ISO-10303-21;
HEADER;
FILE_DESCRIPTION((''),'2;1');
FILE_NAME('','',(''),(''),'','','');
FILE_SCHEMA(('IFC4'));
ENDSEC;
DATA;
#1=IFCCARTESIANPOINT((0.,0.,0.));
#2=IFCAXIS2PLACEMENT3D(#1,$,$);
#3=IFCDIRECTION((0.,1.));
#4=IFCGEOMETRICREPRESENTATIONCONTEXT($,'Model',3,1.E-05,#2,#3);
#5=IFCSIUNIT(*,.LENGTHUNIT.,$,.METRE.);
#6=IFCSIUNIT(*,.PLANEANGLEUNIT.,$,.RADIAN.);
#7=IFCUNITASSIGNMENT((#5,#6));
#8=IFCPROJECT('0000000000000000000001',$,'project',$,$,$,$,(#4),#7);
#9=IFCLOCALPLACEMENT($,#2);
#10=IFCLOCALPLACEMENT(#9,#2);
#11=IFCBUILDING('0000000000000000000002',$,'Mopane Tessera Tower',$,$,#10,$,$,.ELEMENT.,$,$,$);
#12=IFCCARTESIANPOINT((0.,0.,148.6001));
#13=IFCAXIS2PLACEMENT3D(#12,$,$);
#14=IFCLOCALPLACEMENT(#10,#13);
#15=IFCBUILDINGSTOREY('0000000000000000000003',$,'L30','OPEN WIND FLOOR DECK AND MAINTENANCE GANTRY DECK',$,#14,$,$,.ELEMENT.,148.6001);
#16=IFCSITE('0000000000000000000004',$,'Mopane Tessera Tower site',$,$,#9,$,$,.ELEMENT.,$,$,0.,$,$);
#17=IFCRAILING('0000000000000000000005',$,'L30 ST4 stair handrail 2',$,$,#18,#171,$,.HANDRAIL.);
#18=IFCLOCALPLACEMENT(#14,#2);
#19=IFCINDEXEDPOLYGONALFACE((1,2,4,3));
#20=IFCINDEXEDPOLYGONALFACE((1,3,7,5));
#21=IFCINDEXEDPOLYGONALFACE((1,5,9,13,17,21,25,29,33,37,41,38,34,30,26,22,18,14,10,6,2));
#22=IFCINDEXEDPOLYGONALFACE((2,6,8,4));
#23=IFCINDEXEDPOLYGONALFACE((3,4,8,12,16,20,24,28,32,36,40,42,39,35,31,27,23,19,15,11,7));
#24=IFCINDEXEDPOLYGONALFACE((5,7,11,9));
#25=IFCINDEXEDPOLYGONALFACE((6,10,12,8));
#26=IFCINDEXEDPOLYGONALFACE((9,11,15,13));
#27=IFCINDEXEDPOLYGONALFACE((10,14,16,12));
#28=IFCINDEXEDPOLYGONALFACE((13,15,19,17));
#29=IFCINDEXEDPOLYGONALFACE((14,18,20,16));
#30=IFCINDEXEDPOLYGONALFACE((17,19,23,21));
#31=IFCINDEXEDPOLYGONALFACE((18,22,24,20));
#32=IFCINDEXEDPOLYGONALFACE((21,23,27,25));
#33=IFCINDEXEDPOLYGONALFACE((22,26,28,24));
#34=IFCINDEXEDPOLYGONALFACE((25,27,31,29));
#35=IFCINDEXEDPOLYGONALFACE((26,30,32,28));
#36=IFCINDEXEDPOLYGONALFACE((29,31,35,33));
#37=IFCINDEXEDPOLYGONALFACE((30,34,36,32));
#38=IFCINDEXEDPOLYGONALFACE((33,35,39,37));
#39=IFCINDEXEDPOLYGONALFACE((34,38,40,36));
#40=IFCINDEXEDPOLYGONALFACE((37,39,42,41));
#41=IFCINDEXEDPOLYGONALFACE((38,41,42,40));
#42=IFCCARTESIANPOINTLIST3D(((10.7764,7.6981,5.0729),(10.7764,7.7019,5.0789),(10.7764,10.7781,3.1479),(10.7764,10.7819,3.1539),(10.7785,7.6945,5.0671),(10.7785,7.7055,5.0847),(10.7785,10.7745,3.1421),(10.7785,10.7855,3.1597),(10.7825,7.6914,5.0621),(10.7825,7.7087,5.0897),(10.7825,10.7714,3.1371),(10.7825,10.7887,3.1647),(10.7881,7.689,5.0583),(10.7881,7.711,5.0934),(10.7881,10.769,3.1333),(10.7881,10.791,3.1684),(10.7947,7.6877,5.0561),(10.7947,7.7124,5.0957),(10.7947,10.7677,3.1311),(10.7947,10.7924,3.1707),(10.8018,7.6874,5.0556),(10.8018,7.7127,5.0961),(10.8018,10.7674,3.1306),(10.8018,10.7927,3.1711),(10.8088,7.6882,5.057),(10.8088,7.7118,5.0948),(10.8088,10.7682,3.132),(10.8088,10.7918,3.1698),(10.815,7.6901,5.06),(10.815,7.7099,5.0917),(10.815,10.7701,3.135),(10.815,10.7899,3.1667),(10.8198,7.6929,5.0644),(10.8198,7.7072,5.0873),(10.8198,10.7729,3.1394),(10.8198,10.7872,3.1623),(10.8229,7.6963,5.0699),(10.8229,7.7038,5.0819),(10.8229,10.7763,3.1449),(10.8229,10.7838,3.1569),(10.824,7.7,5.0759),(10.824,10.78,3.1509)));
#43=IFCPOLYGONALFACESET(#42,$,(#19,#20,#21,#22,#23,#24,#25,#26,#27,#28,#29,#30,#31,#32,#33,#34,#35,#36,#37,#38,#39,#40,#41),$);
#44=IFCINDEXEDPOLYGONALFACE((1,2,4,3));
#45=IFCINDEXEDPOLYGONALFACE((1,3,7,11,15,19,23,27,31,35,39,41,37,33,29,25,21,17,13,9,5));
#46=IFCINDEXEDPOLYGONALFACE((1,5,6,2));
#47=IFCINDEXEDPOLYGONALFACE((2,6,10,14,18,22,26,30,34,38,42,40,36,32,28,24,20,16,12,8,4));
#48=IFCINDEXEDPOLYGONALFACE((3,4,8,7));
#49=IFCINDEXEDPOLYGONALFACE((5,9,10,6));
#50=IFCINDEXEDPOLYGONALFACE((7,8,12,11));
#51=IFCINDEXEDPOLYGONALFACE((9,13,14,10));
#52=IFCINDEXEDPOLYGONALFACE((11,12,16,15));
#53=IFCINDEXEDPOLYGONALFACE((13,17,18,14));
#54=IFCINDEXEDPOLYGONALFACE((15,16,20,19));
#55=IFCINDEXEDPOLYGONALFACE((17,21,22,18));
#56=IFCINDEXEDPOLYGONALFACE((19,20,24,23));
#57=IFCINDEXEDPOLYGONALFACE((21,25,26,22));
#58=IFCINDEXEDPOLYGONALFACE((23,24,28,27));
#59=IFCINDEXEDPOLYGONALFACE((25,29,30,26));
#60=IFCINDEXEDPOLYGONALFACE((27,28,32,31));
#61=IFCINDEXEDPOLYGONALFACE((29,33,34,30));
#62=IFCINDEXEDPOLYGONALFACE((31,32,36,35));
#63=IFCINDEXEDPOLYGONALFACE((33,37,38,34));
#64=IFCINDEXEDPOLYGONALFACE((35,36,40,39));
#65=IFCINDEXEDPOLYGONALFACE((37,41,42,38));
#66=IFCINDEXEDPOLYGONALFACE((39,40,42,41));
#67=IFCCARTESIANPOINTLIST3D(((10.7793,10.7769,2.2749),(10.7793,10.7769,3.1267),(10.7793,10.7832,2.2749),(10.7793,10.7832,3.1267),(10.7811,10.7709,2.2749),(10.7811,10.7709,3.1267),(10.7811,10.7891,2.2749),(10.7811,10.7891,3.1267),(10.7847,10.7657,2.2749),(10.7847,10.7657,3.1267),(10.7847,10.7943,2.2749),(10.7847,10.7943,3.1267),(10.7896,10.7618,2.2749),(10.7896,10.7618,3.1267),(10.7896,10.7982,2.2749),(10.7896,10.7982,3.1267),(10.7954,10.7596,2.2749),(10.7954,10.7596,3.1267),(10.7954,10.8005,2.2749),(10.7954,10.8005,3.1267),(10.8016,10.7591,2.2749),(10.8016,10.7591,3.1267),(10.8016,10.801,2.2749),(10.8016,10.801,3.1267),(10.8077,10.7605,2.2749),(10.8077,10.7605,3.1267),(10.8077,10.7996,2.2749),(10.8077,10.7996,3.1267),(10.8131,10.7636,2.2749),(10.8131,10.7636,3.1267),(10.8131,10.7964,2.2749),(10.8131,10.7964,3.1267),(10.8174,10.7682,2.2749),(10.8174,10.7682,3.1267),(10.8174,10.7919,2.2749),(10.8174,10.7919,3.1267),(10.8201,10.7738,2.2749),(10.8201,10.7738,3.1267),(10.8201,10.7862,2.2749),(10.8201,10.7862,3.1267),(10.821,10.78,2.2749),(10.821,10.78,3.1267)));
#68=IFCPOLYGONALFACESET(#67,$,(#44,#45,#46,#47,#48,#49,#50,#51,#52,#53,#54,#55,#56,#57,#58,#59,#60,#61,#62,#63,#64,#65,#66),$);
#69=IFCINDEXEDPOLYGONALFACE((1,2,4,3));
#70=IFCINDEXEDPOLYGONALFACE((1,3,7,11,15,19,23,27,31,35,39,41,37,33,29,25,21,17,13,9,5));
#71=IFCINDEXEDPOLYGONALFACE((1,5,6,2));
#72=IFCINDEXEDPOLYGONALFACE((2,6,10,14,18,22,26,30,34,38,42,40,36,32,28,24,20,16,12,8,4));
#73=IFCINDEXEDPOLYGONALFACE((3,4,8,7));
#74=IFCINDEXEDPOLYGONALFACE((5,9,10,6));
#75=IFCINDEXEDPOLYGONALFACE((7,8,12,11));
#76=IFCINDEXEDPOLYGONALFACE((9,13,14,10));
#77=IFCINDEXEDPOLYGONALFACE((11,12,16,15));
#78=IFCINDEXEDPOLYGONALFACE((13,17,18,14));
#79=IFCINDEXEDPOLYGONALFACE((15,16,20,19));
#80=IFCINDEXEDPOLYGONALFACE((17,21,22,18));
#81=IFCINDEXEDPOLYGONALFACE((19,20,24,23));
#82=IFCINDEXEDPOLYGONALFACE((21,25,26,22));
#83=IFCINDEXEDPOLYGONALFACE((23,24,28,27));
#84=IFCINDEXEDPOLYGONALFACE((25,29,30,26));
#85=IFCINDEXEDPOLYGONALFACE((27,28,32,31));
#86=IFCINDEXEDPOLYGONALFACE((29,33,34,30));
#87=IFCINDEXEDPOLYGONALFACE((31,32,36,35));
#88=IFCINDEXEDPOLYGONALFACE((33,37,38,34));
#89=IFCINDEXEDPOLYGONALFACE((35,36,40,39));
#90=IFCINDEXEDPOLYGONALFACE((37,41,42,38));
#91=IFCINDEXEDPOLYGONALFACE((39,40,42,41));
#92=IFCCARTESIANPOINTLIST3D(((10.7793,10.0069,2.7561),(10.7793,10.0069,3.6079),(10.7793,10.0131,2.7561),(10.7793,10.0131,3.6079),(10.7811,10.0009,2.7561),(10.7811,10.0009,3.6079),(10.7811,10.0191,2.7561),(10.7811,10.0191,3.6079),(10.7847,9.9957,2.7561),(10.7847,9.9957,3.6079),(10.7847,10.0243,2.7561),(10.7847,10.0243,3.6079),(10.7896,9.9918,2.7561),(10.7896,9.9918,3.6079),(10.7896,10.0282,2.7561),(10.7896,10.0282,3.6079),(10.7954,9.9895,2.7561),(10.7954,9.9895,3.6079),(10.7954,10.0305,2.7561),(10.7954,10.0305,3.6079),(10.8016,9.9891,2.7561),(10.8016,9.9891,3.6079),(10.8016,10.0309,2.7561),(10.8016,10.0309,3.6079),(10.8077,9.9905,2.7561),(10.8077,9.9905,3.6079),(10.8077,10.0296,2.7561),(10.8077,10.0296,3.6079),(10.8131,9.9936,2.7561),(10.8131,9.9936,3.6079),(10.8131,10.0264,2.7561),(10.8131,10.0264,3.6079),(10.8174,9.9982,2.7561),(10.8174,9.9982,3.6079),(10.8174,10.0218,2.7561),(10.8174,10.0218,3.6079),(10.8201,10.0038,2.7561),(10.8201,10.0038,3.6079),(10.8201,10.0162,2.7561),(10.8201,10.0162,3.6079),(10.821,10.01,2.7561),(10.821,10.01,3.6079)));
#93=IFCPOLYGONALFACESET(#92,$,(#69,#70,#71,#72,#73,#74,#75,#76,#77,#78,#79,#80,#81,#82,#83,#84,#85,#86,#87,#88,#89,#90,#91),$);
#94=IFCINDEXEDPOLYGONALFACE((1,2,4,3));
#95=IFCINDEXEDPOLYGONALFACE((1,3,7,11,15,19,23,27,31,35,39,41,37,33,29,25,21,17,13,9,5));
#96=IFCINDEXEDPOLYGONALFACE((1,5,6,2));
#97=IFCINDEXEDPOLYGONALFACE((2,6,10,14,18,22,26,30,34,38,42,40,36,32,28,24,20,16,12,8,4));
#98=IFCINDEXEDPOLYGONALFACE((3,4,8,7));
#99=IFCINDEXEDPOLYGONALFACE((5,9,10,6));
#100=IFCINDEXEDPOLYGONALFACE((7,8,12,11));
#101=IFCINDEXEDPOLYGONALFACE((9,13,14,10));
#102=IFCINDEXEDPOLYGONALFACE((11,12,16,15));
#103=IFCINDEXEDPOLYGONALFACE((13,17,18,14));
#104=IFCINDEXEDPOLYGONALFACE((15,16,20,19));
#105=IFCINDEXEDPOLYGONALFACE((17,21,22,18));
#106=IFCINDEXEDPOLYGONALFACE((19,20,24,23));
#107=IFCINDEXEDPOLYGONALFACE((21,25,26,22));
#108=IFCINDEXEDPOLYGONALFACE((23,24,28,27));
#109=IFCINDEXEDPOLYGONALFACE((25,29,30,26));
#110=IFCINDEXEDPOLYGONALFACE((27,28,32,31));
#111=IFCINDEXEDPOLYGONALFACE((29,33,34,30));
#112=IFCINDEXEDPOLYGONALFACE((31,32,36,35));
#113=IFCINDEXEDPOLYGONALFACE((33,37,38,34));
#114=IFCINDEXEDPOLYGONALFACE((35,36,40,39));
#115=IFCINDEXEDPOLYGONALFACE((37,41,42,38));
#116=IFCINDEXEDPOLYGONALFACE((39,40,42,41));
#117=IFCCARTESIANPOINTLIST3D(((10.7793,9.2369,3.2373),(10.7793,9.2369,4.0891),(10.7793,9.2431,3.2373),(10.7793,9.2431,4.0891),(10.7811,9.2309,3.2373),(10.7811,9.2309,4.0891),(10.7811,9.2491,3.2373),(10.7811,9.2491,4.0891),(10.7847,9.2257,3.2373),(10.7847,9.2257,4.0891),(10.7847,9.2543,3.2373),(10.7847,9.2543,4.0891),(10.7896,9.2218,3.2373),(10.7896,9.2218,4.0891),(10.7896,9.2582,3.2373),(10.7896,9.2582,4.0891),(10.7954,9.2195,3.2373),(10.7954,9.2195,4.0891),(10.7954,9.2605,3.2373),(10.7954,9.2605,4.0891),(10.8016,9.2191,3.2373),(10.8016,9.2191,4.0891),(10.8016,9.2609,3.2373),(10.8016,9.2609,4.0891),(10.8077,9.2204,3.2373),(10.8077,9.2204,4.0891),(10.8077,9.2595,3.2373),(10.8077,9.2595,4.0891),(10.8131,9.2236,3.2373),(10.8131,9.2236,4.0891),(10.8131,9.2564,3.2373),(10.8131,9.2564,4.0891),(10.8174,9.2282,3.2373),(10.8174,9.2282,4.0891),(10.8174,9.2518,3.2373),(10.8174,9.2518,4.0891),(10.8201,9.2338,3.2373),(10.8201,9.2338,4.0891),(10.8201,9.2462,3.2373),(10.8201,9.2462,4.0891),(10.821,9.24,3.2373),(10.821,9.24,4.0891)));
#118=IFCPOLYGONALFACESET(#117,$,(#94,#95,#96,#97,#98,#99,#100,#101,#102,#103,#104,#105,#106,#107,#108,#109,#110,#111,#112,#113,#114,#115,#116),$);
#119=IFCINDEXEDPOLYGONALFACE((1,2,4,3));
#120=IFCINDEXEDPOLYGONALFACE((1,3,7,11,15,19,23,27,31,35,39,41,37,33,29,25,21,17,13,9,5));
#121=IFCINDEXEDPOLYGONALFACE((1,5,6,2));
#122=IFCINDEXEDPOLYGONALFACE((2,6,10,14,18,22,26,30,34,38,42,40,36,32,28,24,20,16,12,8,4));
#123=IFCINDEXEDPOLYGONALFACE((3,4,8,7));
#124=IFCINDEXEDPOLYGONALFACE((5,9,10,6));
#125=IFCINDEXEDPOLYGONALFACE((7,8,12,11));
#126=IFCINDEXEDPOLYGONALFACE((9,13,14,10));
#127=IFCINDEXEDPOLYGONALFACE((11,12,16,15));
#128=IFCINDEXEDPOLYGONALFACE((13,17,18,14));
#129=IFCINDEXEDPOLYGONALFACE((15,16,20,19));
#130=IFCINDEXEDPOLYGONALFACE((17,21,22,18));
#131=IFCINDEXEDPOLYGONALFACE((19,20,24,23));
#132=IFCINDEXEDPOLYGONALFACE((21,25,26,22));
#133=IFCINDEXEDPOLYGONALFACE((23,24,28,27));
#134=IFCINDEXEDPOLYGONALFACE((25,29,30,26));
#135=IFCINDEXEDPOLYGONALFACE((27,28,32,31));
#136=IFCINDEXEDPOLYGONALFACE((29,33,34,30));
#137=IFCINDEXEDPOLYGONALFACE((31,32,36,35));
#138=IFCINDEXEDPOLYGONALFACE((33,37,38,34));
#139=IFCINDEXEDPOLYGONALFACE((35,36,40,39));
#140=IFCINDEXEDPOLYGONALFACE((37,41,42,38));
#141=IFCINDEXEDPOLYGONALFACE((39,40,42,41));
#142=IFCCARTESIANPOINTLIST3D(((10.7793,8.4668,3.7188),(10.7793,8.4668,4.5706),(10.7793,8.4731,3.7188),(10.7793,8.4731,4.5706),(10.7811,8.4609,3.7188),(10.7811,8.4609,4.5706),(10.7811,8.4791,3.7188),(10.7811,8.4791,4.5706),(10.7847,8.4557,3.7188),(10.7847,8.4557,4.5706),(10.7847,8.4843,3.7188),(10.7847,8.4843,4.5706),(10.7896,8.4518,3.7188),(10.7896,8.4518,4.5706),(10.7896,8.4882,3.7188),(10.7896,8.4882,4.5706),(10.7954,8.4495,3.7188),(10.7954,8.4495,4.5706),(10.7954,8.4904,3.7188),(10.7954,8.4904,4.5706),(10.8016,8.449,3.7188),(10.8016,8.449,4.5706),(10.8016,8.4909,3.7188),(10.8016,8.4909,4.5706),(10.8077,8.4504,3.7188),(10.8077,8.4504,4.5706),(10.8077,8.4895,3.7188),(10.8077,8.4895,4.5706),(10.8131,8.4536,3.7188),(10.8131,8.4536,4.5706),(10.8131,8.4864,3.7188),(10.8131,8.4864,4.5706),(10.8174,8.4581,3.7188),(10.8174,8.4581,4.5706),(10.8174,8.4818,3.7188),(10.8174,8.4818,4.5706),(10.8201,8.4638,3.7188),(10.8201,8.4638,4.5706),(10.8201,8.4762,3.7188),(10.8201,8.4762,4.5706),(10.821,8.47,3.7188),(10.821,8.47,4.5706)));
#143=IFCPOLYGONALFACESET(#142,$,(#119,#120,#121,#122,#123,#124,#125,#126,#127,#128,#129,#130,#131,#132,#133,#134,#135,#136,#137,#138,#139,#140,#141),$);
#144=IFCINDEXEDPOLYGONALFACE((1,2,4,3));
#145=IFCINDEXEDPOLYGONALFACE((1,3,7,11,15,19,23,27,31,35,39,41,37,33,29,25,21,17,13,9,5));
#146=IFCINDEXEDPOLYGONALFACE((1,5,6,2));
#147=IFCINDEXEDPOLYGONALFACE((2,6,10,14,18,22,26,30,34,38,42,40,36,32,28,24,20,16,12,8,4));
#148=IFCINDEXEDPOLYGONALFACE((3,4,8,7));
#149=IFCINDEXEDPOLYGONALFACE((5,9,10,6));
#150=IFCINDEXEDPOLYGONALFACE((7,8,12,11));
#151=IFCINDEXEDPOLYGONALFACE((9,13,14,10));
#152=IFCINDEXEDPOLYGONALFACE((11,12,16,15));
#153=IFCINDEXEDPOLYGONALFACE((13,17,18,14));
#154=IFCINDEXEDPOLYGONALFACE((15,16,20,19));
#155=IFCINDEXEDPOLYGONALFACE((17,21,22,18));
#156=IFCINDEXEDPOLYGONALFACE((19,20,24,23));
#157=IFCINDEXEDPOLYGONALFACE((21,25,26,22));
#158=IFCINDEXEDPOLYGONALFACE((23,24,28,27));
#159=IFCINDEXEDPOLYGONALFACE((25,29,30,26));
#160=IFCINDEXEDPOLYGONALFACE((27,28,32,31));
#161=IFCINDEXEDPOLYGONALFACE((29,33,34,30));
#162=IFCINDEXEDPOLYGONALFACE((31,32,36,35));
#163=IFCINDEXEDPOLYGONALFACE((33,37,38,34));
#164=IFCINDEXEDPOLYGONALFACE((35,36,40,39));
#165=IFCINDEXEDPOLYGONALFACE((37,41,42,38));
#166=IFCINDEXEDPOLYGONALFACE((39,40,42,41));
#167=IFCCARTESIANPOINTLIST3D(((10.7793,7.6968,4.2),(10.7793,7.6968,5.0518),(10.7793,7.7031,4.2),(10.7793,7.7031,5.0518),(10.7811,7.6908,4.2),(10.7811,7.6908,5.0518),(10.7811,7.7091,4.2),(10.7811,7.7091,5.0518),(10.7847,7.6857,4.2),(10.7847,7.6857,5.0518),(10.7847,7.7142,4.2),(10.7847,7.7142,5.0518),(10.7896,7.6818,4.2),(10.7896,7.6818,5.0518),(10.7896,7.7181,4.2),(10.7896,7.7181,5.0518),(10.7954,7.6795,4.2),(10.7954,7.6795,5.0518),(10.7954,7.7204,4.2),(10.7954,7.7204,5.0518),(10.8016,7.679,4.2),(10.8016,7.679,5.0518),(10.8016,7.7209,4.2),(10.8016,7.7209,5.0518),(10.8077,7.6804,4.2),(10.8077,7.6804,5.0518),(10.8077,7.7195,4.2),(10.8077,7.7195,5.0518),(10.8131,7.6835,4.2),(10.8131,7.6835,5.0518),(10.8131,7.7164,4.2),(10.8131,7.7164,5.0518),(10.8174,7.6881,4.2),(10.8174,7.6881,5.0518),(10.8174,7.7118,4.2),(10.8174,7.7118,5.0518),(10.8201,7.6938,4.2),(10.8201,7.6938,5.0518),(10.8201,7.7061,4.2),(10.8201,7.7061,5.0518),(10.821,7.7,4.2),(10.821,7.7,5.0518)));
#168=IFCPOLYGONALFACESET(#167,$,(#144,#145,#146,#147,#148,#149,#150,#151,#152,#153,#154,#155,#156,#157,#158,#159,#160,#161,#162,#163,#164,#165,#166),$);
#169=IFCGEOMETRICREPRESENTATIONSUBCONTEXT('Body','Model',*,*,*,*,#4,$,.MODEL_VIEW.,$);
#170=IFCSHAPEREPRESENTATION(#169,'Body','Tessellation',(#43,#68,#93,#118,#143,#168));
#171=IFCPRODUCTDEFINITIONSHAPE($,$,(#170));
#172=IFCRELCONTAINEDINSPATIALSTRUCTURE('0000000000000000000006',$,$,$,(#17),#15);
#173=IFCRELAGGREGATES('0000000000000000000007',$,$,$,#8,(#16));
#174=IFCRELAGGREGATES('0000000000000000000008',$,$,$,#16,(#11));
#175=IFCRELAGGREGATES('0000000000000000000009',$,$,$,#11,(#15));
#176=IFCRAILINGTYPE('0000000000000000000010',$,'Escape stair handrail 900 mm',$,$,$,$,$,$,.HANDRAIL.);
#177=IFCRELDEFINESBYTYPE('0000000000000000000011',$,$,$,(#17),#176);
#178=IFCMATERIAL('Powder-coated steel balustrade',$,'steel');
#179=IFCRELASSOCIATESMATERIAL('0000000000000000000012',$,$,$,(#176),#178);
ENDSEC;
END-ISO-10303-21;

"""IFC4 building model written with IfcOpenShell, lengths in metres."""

from ifc_helpers import new_model, si_unit, direction, frame, origin, origin_2d, place, context, subcontext, project, spatial, circle, extrude, material, type_object, element, save


model = new_model("IFC4")

# Units and contexts
model_context = context("Model", 3, precision=1e-05, world=origin(), true_north=direction((0.0, 1.0)))
body_context = subcontext(model_context, "Body", "Model", "MODEL_VIEW")
ifc_project = project(units=[si_unit("LENGTHUNIT", "METRE"), si_unit("PLANEANGLEUNIT", "RADIAN")], contexts=[model_context])

# Site, building, storey
site_placement = place(None, origin())
site = spatial("IfcSite", under=ifc_project, at=site_placement, Name="Mopane Tessera Tower site", CompositionType="ELEMENT", RefElevation=0.0)
building_placement = place(site_placement, origin())
building = spatial("IfcBuilding", under=site, at=building_placement, Name="Mopane Tessera Tower", CompositionType="ELEMENT")
storey_placement = place(building_placement, frame((0.0, 0.0, 148.6001)))
storey = spatial("IfcBuildingStorey", under=building, at=storey_placement, Name="L30", Description="OPEN WIND FLOOR DECK AND MAINTENANCE GANTRY DECK", CompositionType="ELEMENT", Elevation=148.6001)

# Railing
ifc_material_1 = material(Name="Powder-coated steel balustrade", Category="steel")
railing_type_1 = type_object("IfcRailingType", Name="Escape stair handrail 900 mm", PredefinedType="HANDRAIL", material=ifc_material_1)
railing_1_placement = place(storey_placement, frame((10.8, 10.78, 2.2749)))
element("IfcRailing", 1, at=railing_1_placement, inside=storey, type_object=railing_type_1, Name="L30 ST4 stair handrail 2", PredefinedType="HANDRAIL", context=body_context, shape_type="SweptSolid", body=[
    extrude(circle(Radius=0.0239, at=origin_2d()), frame((0.0, 0.0, 0.876), z_axis=(0.0, -0.847998, 0.529999), x_axis=(1.0, 0.0, 0.0)), (0.0, 0.0, 1.0), 3.6321),
    extrude(circle(Radius=0.021, at=origin_2d()), origin(), (0.0, 0.0, 1.0), 0.8518),
    extrude(circle(Radius=0.021, at=origin_2d()), frame((0.0, -0.77, 0.4812)), (0.0, 0.0, 1.0), 0.8518),
    extrude(circle(Radius=0.021, at=origin_2d()), frame((0.0, -1.54, 0.9624)), (0.0, 0.0, 1.0), 0.8518),
    extrude(circle(Radius=0.021, at=origin_2d()), frame((0.0, -2.3101, 1.4438)), (0.0, 0.0, 1.0), 0.8518),
    extrude(circle(Radius=0.021, at=origin_2d()), frame((0.0, -3.0801, 1.925)), (0.0, 0.0, 1.0), 0.8518),
])

save(model, "model.ifc")
